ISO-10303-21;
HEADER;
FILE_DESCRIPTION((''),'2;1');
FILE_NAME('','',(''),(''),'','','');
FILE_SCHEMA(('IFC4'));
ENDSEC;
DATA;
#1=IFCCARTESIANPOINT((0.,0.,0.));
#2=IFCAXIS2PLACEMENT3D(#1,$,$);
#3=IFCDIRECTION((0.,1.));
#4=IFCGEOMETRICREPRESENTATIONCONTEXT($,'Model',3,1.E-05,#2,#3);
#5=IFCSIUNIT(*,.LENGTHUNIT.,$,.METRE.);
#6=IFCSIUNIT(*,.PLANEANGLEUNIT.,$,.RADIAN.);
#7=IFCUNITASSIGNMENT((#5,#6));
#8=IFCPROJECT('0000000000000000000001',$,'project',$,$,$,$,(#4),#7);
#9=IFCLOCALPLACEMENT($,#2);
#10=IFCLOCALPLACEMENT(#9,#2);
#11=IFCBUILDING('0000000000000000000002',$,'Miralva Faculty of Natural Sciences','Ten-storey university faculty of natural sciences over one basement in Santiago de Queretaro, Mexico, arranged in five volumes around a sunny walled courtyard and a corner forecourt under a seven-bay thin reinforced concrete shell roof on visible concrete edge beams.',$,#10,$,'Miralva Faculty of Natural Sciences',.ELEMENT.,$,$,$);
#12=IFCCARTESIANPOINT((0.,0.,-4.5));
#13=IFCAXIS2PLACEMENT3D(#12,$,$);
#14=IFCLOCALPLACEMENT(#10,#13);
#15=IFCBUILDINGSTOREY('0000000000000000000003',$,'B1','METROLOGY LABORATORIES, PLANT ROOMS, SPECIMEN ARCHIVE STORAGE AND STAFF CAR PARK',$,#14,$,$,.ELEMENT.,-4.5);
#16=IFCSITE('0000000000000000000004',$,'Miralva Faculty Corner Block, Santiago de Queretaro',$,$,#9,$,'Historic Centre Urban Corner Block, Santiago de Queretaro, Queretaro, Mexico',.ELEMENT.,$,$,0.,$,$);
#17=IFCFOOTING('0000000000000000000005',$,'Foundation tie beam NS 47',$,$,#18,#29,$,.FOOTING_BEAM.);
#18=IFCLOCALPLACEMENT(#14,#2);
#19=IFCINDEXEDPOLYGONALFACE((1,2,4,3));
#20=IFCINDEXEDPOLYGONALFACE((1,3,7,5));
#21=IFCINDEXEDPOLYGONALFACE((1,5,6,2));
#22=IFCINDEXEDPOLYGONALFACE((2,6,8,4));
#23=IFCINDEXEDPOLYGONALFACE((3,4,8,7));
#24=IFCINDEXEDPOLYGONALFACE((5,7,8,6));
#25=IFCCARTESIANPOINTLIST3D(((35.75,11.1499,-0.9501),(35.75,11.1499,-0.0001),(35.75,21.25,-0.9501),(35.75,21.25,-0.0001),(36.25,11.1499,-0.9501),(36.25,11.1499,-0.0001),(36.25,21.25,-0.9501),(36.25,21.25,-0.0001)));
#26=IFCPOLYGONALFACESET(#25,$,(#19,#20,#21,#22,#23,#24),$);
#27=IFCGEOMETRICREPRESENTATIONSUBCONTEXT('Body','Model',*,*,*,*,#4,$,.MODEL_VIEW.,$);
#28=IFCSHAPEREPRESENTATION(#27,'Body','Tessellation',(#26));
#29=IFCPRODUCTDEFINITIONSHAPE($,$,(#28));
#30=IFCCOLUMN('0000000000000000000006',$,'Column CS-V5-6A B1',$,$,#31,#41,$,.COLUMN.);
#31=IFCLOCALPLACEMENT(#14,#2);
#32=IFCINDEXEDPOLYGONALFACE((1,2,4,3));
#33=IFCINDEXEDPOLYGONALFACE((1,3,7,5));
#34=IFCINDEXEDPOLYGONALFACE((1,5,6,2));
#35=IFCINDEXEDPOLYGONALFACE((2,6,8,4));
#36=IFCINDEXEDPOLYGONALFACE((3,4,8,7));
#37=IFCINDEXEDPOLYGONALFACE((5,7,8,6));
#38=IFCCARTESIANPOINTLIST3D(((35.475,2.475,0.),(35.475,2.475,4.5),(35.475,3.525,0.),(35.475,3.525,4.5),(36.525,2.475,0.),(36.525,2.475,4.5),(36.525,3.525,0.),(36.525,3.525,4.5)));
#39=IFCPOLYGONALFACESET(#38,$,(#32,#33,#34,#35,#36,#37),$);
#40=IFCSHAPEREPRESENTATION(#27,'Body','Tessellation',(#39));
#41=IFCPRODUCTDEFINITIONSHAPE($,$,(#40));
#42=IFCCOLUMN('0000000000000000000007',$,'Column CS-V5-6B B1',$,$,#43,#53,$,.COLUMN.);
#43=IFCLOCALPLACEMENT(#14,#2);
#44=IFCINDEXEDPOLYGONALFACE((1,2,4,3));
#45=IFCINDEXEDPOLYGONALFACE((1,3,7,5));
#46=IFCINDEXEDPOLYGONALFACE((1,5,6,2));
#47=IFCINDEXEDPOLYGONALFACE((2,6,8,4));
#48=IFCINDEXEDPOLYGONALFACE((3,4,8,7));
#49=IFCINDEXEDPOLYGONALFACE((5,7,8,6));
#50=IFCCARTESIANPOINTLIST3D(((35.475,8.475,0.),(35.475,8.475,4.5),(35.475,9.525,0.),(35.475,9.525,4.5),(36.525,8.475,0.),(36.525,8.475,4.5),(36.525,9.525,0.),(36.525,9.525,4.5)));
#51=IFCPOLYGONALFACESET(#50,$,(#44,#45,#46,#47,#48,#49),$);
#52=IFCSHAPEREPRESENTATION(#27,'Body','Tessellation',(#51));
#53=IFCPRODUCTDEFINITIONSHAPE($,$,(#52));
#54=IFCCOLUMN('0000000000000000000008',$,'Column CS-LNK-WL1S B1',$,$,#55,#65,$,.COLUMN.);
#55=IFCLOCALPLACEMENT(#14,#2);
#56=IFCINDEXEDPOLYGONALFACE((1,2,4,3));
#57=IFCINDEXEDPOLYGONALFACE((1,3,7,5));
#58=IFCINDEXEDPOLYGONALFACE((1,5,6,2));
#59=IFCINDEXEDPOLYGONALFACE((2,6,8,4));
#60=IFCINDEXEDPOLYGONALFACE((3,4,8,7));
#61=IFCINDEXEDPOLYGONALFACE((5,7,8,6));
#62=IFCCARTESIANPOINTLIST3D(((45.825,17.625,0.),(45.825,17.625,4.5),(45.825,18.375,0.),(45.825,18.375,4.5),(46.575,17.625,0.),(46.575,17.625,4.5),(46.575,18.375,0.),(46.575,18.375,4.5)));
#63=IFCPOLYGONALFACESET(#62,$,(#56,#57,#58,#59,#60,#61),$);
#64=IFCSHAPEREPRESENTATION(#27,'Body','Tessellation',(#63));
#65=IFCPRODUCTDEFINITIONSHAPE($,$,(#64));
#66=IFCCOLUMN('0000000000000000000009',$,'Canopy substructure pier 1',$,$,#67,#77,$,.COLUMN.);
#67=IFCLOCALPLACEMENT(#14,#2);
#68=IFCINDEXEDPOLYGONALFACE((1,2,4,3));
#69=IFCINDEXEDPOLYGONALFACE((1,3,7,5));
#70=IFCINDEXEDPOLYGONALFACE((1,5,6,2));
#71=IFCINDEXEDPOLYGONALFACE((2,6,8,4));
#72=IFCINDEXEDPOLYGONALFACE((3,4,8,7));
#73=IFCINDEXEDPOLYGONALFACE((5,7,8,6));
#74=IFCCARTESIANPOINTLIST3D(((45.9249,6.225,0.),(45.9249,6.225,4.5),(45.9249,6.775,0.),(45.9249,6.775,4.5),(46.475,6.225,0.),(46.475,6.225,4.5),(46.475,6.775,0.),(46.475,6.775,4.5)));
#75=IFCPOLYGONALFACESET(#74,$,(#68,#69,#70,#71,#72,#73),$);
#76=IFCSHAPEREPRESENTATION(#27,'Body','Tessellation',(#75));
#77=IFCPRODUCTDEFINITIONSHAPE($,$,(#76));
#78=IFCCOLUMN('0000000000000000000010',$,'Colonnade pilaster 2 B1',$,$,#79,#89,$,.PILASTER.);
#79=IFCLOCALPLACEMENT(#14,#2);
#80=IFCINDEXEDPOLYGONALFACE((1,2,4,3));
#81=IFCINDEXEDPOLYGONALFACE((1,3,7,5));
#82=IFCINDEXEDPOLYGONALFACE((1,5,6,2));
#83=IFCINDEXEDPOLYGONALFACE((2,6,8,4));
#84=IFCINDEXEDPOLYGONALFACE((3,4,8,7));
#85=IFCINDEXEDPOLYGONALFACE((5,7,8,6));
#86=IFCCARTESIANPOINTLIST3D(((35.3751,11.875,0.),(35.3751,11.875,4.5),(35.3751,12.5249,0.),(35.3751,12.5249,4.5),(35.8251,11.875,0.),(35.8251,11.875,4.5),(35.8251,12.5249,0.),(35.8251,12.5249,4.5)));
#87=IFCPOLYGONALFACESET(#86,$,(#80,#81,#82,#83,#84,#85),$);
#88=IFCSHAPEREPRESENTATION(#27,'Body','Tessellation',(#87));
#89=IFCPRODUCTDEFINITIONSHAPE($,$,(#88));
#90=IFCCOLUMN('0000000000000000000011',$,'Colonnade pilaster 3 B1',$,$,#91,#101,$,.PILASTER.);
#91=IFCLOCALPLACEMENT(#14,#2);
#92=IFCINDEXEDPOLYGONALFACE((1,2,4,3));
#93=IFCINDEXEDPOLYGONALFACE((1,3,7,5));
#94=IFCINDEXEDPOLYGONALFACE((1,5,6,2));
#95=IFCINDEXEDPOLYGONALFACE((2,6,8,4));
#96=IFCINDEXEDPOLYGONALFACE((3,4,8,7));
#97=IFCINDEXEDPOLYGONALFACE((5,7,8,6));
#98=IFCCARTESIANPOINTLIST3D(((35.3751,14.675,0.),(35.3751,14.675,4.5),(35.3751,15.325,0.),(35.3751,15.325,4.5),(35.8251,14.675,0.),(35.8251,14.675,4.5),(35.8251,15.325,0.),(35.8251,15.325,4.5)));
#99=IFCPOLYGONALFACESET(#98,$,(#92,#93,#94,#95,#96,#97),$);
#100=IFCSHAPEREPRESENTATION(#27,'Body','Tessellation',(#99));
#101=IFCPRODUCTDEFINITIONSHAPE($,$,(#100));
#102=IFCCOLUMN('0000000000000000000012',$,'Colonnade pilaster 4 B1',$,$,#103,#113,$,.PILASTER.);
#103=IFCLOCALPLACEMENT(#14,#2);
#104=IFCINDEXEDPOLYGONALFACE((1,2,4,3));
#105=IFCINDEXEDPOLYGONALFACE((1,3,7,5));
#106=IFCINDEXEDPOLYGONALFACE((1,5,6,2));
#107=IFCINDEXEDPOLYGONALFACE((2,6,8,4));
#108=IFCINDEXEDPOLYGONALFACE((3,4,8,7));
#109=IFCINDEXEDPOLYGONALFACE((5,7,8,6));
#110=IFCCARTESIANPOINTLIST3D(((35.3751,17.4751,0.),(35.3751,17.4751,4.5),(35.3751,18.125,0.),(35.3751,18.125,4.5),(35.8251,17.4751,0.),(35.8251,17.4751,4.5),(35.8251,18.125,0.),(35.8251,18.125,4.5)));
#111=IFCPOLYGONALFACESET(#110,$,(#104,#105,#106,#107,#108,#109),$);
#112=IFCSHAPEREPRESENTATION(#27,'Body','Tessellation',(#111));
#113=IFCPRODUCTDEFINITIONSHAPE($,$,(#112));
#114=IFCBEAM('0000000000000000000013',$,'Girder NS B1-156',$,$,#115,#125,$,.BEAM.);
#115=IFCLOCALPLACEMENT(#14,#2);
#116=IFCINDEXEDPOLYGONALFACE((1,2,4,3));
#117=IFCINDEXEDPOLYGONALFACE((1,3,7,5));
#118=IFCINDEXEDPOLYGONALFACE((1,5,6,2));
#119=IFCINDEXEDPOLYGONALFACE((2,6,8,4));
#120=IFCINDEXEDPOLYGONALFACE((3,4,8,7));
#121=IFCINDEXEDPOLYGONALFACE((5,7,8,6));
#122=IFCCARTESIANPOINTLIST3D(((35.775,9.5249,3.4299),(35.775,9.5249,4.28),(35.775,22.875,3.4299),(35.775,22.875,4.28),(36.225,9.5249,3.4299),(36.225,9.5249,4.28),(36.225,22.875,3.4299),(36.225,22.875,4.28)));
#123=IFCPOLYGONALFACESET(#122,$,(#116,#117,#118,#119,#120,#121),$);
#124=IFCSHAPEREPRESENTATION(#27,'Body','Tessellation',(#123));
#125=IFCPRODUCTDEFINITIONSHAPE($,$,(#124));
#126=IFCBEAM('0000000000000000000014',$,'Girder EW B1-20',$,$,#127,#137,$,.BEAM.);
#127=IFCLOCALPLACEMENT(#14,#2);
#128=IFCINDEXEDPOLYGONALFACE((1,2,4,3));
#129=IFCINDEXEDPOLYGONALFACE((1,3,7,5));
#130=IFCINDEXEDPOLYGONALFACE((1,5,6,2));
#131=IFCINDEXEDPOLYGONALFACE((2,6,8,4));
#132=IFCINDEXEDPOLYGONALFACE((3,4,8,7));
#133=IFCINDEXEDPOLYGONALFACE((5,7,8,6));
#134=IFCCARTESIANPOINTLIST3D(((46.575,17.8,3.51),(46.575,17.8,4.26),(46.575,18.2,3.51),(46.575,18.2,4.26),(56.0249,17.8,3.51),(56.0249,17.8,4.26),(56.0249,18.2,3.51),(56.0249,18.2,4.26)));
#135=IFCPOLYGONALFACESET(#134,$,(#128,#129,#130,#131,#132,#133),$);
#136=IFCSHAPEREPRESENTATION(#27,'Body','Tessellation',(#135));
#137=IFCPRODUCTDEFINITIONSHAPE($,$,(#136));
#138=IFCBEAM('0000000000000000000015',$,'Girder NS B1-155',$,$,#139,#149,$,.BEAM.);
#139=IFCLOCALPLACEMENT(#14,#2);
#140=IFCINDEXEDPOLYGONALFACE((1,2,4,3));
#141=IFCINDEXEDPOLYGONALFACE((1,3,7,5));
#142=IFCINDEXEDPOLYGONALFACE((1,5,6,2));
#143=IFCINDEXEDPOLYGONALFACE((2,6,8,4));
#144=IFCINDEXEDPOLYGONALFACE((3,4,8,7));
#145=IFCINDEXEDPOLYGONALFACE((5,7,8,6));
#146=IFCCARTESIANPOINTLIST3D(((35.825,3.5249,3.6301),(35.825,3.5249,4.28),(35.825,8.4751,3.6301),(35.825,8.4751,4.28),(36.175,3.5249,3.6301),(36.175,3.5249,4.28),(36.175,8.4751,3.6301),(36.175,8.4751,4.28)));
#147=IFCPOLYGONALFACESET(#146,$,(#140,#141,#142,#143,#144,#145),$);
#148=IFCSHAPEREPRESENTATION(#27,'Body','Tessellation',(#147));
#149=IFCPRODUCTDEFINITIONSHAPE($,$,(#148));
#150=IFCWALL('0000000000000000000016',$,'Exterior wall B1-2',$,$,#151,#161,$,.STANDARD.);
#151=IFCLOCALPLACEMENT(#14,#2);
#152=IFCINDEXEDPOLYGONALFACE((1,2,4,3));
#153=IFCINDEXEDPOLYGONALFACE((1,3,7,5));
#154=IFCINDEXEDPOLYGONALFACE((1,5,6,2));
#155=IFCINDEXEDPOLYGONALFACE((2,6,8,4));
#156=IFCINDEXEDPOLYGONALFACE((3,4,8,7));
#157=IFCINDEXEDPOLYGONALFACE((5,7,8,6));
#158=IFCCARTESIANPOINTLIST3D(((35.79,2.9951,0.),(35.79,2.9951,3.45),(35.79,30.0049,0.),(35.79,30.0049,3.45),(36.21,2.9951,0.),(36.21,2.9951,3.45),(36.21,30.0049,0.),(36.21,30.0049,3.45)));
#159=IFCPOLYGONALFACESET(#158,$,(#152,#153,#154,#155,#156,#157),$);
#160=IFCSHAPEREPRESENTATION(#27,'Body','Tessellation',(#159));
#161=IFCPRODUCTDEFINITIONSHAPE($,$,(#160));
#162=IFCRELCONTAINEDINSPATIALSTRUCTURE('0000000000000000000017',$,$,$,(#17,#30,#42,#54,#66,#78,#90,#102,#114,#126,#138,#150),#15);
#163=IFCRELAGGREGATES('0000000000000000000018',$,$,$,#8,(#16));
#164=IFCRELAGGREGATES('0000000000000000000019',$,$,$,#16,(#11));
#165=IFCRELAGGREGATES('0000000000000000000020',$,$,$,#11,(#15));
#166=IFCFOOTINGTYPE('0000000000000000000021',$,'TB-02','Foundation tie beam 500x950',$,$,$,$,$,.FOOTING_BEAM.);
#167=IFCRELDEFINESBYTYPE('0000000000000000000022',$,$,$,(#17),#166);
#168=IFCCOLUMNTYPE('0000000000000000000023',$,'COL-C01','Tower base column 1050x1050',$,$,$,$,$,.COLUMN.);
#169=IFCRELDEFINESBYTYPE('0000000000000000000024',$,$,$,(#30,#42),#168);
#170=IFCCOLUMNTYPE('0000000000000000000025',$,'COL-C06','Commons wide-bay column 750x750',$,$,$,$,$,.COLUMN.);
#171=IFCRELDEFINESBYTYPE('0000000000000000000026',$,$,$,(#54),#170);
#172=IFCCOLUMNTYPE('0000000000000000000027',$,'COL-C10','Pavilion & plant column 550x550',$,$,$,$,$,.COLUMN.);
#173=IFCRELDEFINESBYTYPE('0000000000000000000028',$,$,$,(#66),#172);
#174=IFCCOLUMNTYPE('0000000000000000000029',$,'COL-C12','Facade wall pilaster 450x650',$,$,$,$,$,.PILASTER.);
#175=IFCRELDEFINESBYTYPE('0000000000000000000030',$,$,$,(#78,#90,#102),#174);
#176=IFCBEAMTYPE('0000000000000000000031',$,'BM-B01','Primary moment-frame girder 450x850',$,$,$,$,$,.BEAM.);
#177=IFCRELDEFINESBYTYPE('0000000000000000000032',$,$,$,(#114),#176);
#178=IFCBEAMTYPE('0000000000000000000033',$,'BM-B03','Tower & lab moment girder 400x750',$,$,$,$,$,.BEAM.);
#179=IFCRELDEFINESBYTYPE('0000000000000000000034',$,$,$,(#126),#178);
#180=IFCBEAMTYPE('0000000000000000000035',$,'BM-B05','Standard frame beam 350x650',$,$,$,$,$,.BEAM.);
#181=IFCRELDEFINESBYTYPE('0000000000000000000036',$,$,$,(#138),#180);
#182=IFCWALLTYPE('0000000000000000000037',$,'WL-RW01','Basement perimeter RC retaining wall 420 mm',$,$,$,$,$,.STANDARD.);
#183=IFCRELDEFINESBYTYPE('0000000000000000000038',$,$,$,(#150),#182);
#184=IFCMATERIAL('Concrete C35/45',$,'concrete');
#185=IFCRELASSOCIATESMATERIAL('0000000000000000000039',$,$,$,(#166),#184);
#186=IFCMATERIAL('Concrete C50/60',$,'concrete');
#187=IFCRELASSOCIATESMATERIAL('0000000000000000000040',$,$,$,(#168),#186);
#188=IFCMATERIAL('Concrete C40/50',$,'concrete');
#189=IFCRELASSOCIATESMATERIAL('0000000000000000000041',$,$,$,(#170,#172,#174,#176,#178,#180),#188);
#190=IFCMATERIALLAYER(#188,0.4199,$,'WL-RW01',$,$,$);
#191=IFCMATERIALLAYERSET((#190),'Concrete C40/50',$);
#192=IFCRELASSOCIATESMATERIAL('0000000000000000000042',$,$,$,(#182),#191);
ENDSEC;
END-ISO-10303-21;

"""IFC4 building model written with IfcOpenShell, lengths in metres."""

from ifc_helpers import new_model, si_unit, direction, frame, frame_2d, origin, origin_2d, place, context, subcontext, project, spatial, rectangle, extrude, material, layer, layer_set, material_profile, profile_set, type_object, element, save


model = new_model("IFC4")

# Units and contexts
model_context = context("Model", 3, precision=1e-05, world=origin(), true_north=direction((0.0, 1.0)))
body_context = subcontext(model_context, "Body", "Model", "MODEL_VIEW")
ifc_project = project(units=[si_unit("LENGTHUNIT", "METRE"), si_unit("PLANEANGLEUNIT", "RADIAN")], contexts=[model_context])

# Site, building, storey
site_placement = place(None, origin())
site = spatial("IfcSite", under=ifc_project, at=site_placement, Name="Miralva Faculty Corner Block, Santiago de Queretaro", LongName="Historic Centre Urban Corner Block, Santiago de Queretaro, Queretaro, Mexico", CompositionType="ELEMENT", RefElevation=0.0)
building_placement = place(site_placement, origin())
building = spatial("IfcBuilding", under=site, at=building_placement, Name="Miralva Faculty of Natural Sciences", Description="Ten-storey university faculty of natural sciences over one basement in Santiago de Queretaro, Mexico, arranged in five volumes around a sunny walled courtyard and a corner forecourt under a seven-bay thin reinforced concrete shell roof on visible concrete edge beams.", LongName="Miralva Faculty of Natural Sciences", CompositionType="ELEMENT")
storey_placement = place(building_placement, frame((0.0, 0.0, -4.5)))
storey = spatial("IfcBuildingStorey", under=building, at=storey_placement, Name="B1", Description="METROLOGY LABORATORIES, PLANT ROOMS, SPECIMEN ARCHIVE STORAGE AND STAFF CAR PARK", CompositionType="ELEMENT", Elevation=-4.5)

# Shared definitions
ifc_material_1 = material(Name="Concrete C35/45", Category="concrete")

# Footing
ifc_material_profile_1 = material_profile(ifc_material_1, rectangle(XDim=0.5, YDim=0.95, at=origin_2d()), Name="RC 500x950")
ifc_profile_set_1 = profile_set([ifc_material_profile_1], Name="Concrete C35/45")
footing_type_1 = type_object("IfcFootingType", Name="TB-02", Description="Foundation tie beam 500x950", PredefinedType="FOOTING_BEAM", material=ifc_profile_set_1)
footing_1_placement = place(storey_placement, frame((36.0, 11.1499, -0.4751), z_axis=(0.0, 1.0, 0.0), x_axis=(-1.0, 0.0, 0.0)))
element("IfcFooting", 1, at=footing_1_placement, inside=storey, type_object=footing_type_1, Name="Foundation tie beam NS 47", PredefinedType="FOOTING_BEAM", context=body_context, shape_type="SweptSolid", body=[
    extrude(rectangle(XDim=0.5, YDim=0.95, at=origin_2d()), origin(), (0.0, 0.0, 1.0), 10.1001),
])

# Columns
ifc_material_2 = material(Name="Concrete C50/60", Category="concrete")
ifc_material_profile_2 = material_profile(ifc_material_2, rectangle(XDim=1.05, YDim=1.05, at=origin_2d()), Name="RC 1050x1050")
ifc_profile_set_2 = profile_set([ifc_material_profile_2], Name="Concrete C50/60")
column_type_1 = type_object("IfcColumnType", Name="COL-C01", Description="Tower base column 1050x1050", PredefinedType="COLUMN", material=ifc_profile_set_2)
for number, where, z_axis, x_axis, name in (
    (2, (36.0, 3.0, 0.0), (0.0, 0.0, 1.0), (1.0, 0.0, 0.0), "Column CS-V5-6A B1"),
    (3, (36.0, 9.0, 0.0), (0.0, 0.0, 1.0), (1.0, 0.0, 0.0), "Column CS-V5-6B B1"),
):
    element("IfcColumn", number, at=place(storey_placement, frame(where, z_axis=z_axis, x_axis=x_axis)), inside=storey, type_object=column_type_1, Name=name, PredefinedType="COLUMN", context=body_context, shape_type="SweptSolid", body=[
        extrude(rectangle(XDim=1.05, YDim=1.05, at=origin_2d()), origin(), (0.0, 0.0, 1.0), 4.5),
    ])
ifc_material_3 = material(Name="Concrete C40/50", Category="concrete")
ifc_material_profile_3 = material_profile(ifc_material_3, rectangle(XDim=0.75, YDim=0.75, at=origin_2d()), Name="RC 750x750")
ifc_profile_set_3 = profile_set([ifc_material_profile_3], Name="Concrete C40/50")
column_type_2 = type_object("IfcColumnType", Name="COL-C06", Description="Commons wide-bay column 750x750", PredefinedType="COLUMN", material=ifc_profile_set_3)
column_1_placement = place(storey_placement, frame((46.2, 18.0, 0.0), z_axis=(0.0, 0.0, 1.0), x_axis=(1.0, 0.0, 0.0)))
element("IfcColumn", 4, at=column_1_placement, inside=storey, type_object=column_type_2, Name="Column CS-LNK-WL1S B1", PredefinedType="COLUMN", context=body_context, shape_type="SweptSolid", body=[
    extrude(rectangle(XDim=0.75, YDim=0.75, at=origin_2d()), origin(), (0.0, 0.0, 1.0), 4.5),
])
ifc_material_profile_4 = material_profile(ifc_material_3, rectangle(XDim=0.55, YDim=0.55, at=origin_2d()), Name="RC 550x550")
ifc_profile_set_4 = profile_set([ifc_material_profile_4], Name="Concrete C40/50")
column_type_3 = type_object("IfcColumnType", Name="COL-C10", Description="Pavilion & plant column 550x550", PredefinedType="COLUMN", material=ifc_profile_set_4)
column_2_placement = place(storey_placement, frame((46.2, 6.5, 0.0), z_axis=(0.0, 0.0, 1.0), x_axis=(1.0, 0.0, 0.0)))
element("IfcColumn", 5, at=column_2_placement, inside=storey, type_object=column_type_3, Name="Canopy substructure pier 1", PredefinedType="COLUMN", context=body_context, shape_type="SweptSolid", body=[
    extrude(rectangle(XDim=0.55, YDim=0.55, at=origin_2d()), origin(), (0.0, 0.0, 1.0), 4.5),
])
ifc_material_profile_5 = material_profile(ifc_material_3, rectangle(XDim=0.45, YDim=0.6499, at=origin_2d()), Name="RC 450x650")
ifc_profile_set_5 = profile_set([ifc_material_profile_5], Name="Concrete C40/50")
column_type_4 = type_object("IfcColumnType", Name="COL-C12", Description="Facade wall pilaster 450x650", PredefinedType="PILASTER", material=ifc_profile_set_5)
for number, where, z_axis, x_axis, name in (
    (6, (35.6001, 12.2, 0.0), (0.0, 0.0, 1.0), (1.0, 0.0, 0.0), "Colonnade pilaster 2 B1"),
    (7, (35.6001, 15.0, 0.0), (0.0, 0.0, 1.0), (1.0, 0.0, 0.0), "Colonnade pilaster 3 B1"),
    (8, (35.6001, 17.8, 0.0), (0.0, 0.0, 1.0), (1.0, 0.0, 0.0), "Colonnade pilaster 4 B1"),
):
    element("IfcColumn", number, at=place(storey_placement, frame(where, z_axis=z_axis, x_axis=x_axis)), inside=storey, type_object=column_type_4, Name=name, PredefinedType="PILASTER", context=body_context, shape_type="SweptSolid", body=[
        extrude(rectangle(XDim=0.45, YDim=0.6499, at=origin_2d()), origin(), (0.0, 0.0, 1.0), 4.5),
    ])

# Beams
ifc_material_profile_6 = material_profile(ifc_material_3, rectangle(XDim=0.45, YDim=0.8501, at=origin_2d()), Name="RC 450x850")
ifc_profile_set_6 = profile_set([ifc_material_profile_6], Name="Concrete C40/50")
beam_type_1 = type_object("IfcBeamType", Name="BM-B01", Description="Primary moment-frame girder 450x850", PredefinedType="BEAM", material=ifc_profile_set_6)
beam_1_placement = place(storey_placement, frame((36.0, 9.5249, 3.855), z_axis=(0.0, 1.0, 0.0), x_axis=(-1.0, 0.0, 0.0)))
element("IfcBeam", 9, at=beam_1_placement, inside=storey, type_object=beam_type_1, Name="Girder NS B1-156", PredefinedType="BEAM", context=body_context, shape_type="SweptSolid", body=[
    extrude(rectangle(XDim=0.45, YDim=0.8501, at=origin_2d()), origin(), (0.0, 0.0, 1.0), 13.3501),
])
ifc_material_profile_7 = material_profile(ifc_material_3, rectangle(XDim=0.3999, YDim=0.75, at=origin_2d()), Name="RC 400x750")
ifc_profile_set_7 = profile_set([ifc_material_profile_7], Name="Concrete C40/50")
beam_type_2 = type_object("IfcBeamType", Name="BM-B03", Description="Tower & lab moment girder 400x750", PredefinedType="BEAM", material=ifc_profile_set_7)
beam_2_placement = place(storey_placement, frame((46.575, 18.0, 3.885), z_axis=(1.0, 0.0, 0.0), x_axis=(0.0, 1.0, 0.0)))
element("IfcBeam", 10, at=beam_2_placement, inside=storey, type_object=beam_type_2, Name="Girder EW B1-20", PredefinedType="BEAM", context=body_context, shape_type="SweptSolid", body=[
    extrude(rectangle(XDim=0.3999, YDim=0.75, at=origin_2d()), origin(), (0.0, 0.0, 1.0), 9.45),
])
ifc_material_profile_8 = material_profile(ifc_material_3, rectangle(XDim=0.3501, YDim=0.6499, at=origin_2d()), Name="RC 350x650")
ifc_profile_set_8 = profile_set([ifc_material_profile_8], Name="Concrete C40/50")
beam_type_3 = type_object("IfcBeamType", Name="BM-B05", Description="Standard frame beam 350x650", PredefinedType="BEAM", material=ifc_profile_set_8)
beam_3_placement = place(storey_placement, frame((36.0, 3.5249, 3.9551), z_axis=(0.0, 1.0, 0.0), x_axis=(-1.0, 0.0, 0.0)))
element("IfcBeam", 11, at=beam_3_placement, inside=storey, type_object=beam_type_3, Name="Girder NS B1-155", PredefinedType="BEAM", context=body_context, shape_type="SweptSolid", body=[
    extrude(rectangle(XDim=0.3501, YDim=0.6499, at=origin_2d()), origin(), (0.0, 0.0, 1.0), 4.9502),
])

# Wall
ifc_layer_1 = layer(ifc_material_3, 0.4199, Name="WL-RW01")
ifc_layer_set_1 = layer_set([ifc_layer_1], Name="Concrete C40/50")
wall_type = type_object("IfcWallType", Name="WL-RW01", Description="Basement perimeter RC retaining wall 420 mm", PredefinedType="STANDARD", material=ifc_layer_set_1)
wall_placement = place(storey_placement, frame((36.0, 2.9951, 0.0), z_axis=(0.0, 0.0, 1.0), x_axis=(0.0, 1.0, 0.0)))
element("IfcWall", 12, at=wall_placement, inside=storey, type_object=wall_type, Name="Exterior wall B1-2", PredefinedType="STANDARD", context=body_context, shape_type="SweptSolid", body=[
    extrude(rectangle(XDim=27.0098, YDim=0.4199, at=frame_2d((13.5049, 0.0))), origin(), (0.0, 0.0, 1.0), 3.45),
])

save(model, "model.ifc")
